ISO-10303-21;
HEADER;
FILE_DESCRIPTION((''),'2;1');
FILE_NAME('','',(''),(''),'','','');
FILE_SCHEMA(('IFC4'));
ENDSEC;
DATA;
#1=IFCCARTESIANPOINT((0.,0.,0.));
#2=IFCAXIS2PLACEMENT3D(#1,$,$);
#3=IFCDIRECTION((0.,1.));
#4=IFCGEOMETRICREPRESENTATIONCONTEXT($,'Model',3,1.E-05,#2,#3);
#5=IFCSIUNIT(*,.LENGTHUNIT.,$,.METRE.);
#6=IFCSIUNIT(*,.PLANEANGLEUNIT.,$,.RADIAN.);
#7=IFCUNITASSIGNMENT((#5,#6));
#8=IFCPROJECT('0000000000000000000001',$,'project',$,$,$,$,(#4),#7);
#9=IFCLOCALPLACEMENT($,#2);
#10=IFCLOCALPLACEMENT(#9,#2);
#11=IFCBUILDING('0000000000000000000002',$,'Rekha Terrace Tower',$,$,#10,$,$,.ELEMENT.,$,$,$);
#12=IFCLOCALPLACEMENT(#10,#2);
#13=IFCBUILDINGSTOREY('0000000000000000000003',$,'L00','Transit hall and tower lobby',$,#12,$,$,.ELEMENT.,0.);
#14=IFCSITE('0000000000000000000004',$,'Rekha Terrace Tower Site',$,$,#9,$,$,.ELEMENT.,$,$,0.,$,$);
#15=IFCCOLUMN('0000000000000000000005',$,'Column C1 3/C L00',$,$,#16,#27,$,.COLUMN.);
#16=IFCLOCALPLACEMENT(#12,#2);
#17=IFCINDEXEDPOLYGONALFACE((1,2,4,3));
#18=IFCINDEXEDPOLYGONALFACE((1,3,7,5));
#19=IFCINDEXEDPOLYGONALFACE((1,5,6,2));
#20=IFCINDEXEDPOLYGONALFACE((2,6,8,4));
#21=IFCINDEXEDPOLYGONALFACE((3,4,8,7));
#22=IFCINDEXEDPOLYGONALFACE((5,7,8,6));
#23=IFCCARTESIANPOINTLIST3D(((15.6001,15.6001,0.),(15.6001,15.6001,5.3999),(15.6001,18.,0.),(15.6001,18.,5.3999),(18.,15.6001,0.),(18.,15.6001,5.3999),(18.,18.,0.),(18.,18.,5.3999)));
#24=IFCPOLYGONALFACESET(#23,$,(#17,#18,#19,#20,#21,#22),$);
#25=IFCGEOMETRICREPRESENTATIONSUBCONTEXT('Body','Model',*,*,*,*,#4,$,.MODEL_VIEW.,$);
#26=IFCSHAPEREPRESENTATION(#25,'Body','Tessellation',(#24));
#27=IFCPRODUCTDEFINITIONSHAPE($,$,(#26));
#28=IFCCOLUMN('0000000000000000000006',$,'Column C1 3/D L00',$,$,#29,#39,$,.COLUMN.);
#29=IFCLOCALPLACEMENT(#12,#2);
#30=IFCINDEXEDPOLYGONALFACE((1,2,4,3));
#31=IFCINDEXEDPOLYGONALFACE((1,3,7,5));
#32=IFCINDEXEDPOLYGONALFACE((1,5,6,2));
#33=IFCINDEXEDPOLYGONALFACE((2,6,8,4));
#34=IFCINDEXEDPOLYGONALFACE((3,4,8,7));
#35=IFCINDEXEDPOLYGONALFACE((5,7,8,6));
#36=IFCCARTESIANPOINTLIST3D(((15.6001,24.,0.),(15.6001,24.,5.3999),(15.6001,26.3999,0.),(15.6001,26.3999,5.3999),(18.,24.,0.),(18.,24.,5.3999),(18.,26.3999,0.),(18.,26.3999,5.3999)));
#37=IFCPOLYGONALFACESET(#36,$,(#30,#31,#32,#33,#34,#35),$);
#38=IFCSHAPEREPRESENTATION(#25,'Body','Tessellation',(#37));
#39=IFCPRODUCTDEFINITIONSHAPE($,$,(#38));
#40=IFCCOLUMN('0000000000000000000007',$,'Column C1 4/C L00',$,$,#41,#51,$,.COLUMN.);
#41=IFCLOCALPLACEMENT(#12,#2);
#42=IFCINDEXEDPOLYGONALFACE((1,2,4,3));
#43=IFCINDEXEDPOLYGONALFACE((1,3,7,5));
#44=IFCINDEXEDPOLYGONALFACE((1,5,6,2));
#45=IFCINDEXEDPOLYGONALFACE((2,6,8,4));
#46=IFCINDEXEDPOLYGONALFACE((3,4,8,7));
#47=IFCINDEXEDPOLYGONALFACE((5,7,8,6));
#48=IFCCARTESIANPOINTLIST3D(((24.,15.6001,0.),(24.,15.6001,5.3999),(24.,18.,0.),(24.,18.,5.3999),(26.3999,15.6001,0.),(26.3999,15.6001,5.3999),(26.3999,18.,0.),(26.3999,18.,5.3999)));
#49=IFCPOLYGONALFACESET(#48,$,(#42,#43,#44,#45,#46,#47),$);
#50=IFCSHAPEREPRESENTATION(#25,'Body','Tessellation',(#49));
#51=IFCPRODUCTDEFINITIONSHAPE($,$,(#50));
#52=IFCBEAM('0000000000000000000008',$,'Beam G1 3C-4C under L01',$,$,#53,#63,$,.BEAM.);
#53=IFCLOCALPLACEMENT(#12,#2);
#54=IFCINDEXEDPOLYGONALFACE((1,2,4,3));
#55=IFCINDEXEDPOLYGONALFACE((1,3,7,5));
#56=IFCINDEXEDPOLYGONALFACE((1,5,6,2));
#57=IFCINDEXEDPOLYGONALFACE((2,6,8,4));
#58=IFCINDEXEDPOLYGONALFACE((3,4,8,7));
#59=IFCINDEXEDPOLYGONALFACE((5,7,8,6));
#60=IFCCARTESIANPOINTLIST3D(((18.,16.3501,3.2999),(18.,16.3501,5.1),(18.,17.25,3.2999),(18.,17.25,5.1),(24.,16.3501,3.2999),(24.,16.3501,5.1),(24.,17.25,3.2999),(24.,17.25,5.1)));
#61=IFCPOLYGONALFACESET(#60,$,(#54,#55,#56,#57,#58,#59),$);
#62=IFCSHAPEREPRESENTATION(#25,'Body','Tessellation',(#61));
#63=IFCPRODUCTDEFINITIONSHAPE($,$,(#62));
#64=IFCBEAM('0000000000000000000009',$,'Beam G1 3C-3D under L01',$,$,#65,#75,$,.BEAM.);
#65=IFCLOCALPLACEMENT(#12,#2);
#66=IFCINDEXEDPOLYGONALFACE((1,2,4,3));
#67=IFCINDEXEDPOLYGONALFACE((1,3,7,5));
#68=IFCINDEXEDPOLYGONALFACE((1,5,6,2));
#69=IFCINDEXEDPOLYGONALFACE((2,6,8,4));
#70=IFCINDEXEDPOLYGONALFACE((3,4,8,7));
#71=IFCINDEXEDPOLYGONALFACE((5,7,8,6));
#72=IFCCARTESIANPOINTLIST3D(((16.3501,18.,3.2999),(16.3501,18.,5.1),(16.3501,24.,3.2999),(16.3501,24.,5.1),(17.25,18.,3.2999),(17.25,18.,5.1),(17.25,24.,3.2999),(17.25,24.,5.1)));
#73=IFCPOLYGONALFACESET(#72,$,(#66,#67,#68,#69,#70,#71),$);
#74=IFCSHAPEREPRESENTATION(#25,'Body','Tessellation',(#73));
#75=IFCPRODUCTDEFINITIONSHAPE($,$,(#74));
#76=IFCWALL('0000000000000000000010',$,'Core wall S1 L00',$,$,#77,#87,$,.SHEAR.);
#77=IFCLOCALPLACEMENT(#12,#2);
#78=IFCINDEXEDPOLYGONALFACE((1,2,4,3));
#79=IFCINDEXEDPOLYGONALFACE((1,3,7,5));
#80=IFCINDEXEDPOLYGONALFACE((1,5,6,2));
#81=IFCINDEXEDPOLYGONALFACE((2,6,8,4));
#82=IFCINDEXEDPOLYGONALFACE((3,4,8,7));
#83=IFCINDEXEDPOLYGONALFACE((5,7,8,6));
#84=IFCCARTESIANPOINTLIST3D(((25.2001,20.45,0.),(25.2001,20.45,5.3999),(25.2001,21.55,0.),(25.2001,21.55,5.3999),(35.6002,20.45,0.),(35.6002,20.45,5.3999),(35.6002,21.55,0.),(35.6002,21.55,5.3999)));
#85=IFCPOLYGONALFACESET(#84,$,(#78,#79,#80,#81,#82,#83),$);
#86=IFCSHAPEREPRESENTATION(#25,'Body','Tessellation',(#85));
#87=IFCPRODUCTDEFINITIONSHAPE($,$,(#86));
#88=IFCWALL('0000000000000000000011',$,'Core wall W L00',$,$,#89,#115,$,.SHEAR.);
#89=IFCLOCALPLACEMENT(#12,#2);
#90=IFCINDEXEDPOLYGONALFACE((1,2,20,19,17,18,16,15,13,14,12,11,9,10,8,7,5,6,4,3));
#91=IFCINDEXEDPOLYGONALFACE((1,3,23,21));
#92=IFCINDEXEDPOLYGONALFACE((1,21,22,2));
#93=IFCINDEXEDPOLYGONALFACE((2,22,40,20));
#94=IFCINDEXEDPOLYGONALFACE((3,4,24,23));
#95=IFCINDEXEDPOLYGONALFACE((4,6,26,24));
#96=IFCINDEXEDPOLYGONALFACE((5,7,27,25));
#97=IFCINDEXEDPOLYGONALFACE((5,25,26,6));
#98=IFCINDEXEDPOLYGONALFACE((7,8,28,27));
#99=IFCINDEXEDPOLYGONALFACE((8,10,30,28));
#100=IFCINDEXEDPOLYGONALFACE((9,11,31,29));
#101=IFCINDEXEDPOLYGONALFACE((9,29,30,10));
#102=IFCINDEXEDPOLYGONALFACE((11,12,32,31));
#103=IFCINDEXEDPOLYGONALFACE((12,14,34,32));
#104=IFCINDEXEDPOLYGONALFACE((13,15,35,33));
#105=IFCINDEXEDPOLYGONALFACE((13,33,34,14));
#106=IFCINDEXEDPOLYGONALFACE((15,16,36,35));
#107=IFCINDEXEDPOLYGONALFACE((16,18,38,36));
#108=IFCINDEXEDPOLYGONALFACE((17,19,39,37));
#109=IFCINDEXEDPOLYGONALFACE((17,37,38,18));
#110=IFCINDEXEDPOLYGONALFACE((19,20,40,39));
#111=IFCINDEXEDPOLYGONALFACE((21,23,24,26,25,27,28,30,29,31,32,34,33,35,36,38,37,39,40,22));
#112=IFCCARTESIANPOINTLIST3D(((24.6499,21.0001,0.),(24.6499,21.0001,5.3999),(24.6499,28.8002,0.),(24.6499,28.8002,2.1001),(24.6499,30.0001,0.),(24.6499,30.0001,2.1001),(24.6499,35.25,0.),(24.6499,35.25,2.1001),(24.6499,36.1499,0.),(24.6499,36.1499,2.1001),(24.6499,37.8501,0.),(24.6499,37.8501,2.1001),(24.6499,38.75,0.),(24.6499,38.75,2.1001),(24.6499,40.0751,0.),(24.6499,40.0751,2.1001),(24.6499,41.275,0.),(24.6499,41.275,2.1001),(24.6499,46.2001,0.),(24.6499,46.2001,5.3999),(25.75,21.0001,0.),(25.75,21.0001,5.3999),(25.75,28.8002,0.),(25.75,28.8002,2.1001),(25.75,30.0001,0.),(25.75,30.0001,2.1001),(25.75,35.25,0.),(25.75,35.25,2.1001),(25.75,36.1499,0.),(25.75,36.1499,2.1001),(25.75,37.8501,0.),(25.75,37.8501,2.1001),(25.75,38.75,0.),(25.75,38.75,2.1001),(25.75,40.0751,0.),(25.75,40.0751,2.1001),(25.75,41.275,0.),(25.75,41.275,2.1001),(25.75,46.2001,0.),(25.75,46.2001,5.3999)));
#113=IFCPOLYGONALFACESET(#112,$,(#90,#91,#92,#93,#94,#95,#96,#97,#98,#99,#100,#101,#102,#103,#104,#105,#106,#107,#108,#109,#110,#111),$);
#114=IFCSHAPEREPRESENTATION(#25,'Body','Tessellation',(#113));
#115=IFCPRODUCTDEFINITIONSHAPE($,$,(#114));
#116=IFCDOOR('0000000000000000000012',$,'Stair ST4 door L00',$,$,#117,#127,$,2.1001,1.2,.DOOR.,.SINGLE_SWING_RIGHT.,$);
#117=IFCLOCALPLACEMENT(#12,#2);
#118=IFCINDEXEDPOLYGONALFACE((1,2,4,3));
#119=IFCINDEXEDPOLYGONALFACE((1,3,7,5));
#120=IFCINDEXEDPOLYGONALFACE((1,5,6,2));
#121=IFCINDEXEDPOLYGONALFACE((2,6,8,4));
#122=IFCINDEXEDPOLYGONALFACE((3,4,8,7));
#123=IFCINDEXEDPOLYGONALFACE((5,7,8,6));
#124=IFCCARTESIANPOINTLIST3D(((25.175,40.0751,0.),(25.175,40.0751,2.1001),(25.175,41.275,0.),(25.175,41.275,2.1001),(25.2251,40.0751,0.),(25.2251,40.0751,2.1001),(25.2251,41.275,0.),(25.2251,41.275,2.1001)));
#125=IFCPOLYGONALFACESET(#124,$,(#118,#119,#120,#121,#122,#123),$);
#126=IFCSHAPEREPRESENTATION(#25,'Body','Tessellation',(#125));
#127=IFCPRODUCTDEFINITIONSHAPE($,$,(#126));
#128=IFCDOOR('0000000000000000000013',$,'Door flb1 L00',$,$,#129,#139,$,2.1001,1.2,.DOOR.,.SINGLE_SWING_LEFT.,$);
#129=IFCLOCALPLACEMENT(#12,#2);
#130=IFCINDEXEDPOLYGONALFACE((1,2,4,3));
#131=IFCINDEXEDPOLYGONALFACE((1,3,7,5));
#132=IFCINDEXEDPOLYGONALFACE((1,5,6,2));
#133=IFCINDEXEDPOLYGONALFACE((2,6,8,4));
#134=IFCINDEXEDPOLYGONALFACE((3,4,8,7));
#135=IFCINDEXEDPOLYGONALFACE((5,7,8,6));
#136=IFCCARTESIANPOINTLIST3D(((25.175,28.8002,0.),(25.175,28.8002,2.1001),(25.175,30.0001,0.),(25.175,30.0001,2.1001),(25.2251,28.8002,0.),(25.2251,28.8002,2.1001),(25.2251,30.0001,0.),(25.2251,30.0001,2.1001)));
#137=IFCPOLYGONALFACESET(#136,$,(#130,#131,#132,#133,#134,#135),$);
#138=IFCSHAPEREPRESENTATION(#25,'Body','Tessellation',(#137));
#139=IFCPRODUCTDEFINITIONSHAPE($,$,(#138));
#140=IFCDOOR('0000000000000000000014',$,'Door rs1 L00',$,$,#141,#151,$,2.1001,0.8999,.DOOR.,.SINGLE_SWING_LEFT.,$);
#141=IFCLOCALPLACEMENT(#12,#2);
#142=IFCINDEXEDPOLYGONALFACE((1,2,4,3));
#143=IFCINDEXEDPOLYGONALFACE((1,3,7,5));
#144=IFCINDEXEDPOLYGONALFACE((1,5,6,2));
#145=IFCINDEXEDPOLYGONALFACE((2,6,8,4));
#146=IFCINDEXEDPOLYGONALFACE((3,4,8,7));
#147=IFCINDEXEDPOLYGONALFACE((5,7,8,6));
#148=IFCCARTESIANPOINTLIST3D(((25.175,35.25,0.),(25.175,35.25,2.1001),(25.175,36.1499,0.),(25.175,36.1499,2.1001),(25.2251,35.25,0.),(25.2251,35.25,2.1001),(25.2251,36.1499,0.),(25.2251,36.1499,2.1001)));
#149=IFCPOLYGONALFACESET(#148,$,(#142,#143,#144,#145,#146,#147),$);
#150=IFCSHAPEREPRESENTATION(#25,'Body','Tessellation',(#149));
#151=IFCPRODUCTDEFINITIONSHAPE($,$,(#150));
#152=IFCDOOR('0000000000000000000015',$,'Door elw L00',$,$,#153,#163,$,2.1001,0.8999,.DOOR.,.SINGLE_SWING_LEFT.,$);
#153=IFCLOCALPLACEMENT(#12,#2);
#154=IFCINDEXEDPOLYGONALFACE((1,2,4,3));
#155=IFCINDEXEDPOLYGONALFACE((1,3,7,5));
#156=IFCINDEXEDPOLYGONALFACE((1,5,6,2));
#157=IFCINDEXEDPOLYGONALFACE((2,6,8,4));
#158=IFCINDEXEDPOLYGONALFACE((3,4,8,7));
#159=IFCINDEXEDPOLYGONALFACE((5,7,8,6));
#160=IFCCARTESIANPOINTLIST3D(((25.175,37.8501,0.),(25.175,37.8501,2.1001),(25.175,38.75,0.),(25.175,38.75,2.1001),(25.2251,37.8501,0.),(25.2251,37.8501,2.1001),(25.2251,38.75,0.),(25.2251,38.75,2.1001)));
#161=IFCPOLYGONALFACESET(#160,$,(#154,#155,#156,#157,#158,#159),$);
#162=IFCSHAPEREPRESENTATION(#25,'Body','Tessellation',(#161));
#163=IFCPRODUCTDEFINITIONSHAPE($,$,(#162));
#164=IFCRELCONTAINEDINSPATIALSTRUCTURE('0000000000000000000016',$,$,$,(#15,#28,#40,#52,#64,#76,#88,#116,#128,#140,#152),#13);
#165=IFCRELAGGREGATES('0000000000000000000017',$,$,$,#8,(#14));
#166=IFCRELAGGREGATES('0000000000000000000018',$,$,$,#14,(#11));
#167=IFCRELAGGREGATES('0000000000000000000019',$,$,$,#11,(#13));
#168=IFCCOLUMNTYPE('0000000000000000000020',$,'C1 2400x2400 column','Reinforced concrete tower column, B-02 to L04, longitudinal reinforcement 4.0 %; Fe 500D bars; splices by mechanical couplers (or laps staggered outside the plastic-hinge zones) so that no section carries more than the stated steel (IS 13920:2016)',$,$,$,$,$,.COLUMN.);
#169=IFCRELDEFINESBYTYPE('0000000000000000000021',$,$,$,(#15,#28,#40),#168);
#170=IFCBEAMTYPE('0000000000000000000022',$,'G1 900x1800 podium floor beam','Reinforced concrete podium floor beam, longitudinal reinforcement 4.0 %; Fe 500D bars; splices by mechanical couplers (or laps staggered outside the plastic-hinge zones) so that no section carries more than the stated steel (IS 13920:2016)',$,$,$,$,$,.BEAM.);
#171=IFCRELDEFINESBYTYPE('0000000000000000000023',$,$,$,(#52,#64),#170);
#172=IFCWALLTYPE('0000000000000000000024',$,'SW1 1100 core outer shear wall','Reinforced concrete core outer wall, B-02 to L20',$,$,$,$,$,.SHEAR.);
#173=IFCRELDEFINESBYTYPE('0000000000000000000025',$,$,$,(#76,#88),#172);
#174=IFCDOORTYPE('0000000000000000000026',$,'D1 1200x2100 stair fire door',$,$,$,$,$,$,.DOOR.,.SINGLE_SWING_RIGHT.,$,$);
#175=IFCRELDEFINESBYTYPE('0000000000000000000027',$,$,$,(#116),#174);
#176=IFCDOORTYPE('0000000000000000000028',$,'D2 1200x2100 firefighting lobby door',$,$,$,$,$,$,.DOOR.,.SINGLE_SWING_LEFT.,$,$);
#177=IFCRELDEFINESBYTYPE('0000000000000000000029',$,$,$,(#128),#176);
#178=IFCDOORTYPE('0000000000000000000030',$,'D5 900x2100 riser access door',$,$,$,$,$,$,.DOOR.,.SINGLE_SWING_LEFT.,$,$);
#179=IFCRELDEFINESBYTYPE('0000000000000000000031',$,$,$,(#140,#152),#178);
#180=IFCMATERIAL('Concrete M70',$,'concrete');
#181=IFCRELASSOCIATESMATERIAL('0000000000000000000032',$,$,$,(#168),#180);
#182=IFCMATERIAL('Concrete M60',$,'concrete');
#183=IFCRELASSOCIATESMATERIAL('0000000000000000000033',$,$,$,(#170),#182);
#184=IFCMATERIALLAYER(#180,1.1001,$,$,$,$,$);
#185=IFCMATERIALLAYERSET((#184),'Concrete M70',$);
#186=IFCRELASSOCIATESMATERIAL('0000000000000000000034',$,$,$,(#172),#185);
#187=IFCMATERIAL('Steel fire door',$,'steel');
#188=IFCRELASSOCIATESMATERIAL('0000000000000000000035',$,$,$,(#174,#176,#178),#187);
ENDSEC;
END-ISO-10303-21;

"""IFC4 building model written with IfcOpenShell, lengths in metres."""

from ifc_helpers import new_model, si_unit, direction, frame, frame_2d, origin, origin_2d, place, context, subcontext, project, spatial, rectangle, extrude, material, layer, layer_set, material_profile, profile_set, type_object, element, fill, save


model = new_model("IFC4")

# Units and contexts
model_context = context("Model", 3, precision=1e-05, world=origin(), true_north=direction((0.0, 1.0)))
body_context = subcontext(model_context, "Body", "Model", "MODEL_VIEW")
ifc_project = project(units=[si_unit("LENGTHUNIT", "METRE"), si_unit("PLANEANGLEUNIT", "RADIAN")], contexts=[model_context])

# Site, building, storey
site_placement = place(None, origin())
site = spatial("IfcSite", under=ifc_project, at=site_placement, Name="Rekha Terrace Tower Site", CompositionType="ELEMENT", RefElevation=0.0)
building_placement = place(site_placement, origin())
building = spatial("IfcBuilding", under=site, at=building_placement, Name="Rekha Terrace Tower", CompositionType="ELEMENT")
storey_placement = place(building_placement, origin())
storey = spatial("IfcBuildingStorey", under=building, at=storey_placement, Name="L00", Description="Transit hall and tower lobby", CompositionType="ELEMENT", Elevation=0.0)

# Columns
ifc_material_1 = material(Name="Concrete M70", Category="concrete")
ifc_material_profile_1 = material_profile(ifc_material_1, rectangle(XDim=2.3999, YDim=2.3999, at=origin_2d()), Name="RC 2400x2400")
ifc_profile_set_1 = profile_set([ifc_material_profile_1], Name="Concrete M70")
column_type = type_object("IfcColumnType", Name="C1 2400x2400 column", Description="Reinforced concrete tower column, B-02 to L04, longitudinal reinforcement 4.0 %; Fe 500D bars; splices by mechanical couplers (or laps staggered outside the plastic-hinge zones) so that no section carries more than the stated steel (IS 13920:2016)", PredefinedType="COLUMN", material=ifc_profile_set_1)
for number, where, z_axis, x_axis, name in (
    (1, (16.8, 16.8, 0.0), (0.0, 0.0, 1.0), (1.0, 0.0, 0.0), "Column C1 3/C L00"),
    (2, (16.8, 25.2, 0.0), (0.0, 0.0, 1.0), (1.0, 0.0, 0.0), "Column C1 3/D L00"),
    (3, (25.2, 16.8, 0.0), (0.0, 0.0, 1.0), (1.0, 0.0, 0.0), "Column C1 4/C L00"),
):
    element("IfcColumn", number, at=place(storey_placement, frame(where, z_axis=z_axis, x_axis=x_axis)), inside=storey, type_object=column_type, Name=name, PredefinedType="COLUMN", context=body_context, shape_type="SweptSolid", body=[
        extrude(rectangle(XDim=2.3999, YDim=2.3999, at=origin_2d()), origin(), (0.0, 0.0, 1.0), 5.3999),
    ])

# Beams
ifc_material_2 = material(Name="Concrete M60", Category="concrete")
ifc_material_profile_2 = material_profile(ifc_material_2, rectangle(XDim=0.8999, YDim=1.8, at=origin_2d()), Name="RC 900x1800")
ifc_profile_set_2 = profile_set([ifc_material_profile_2], Name="Concrete M60")
beam_type = type_object("IfcBeamType", Name="G1 900x1800 podium floor beam", Description="Reinforced concrete podium floor beam, longitudinal reinforcement 4.0 %; Fe 500D bars; splices by mechanical couplers (or laps staggered outside the plastic-hinge zones) so that no section carries more than the stated steel (IS 13920:2016)", PredefinedType="BEAM", material=ifc_profile_set_2)
for number, where, z_axis, x_axis, name in (
    (4, (18.0, 16.8, 4.2), (1.0, 0.0, 0.0), (0.0, 1.0, 0.0), "Beam G1 3C-4C under L01"),
    (5, (16.8, 18.0, 4.2), (0.0, 1.0, 0.0), (-1.0, 0.0, 0.0), "Beam G1 3C-3D under L01"),
):
    element("IfcBeam", number, at=place(storey_placement, frame(where, z_axis=z_axis, x_axis=x_axis)), inside=storey, type_object=beam_type, Name=name, PredefinedType="BEAM", context=body_context, shape_type="SweptSolid", body=[
        extrude(rectangle(XDim=0.8999, YDim=1.8, at=origin_2d()), origin(), (0.0, 0.0, 1.0), 6.0),
    ])

# Wall
ifc_layer_1 = layer(ifc_material_1, 1.1001)
ifc_layer_set_1 = layer_set([ifc_layer_1], Name="Concrete M70")
wall_type_1 = type_object("IfcWallType", Name="SW1 1100 core outer shear wall", Description="Reinforced concrete core outer wall, B-02 to L20", PredefinedType="SHEAR", material=ifc_layer_set_1)
wall_1_placement = place(storey_placement, frame((25.2, 21.0, 0.0), z_axis=(0.0, 0.0, 1.0), x_axis=(1.0, 0.0, 0.0)))
element("IfcWall", 6, at=wall_1_placement, inside=storey, type_object=wall_type_1, Name="Core wall S1 L00", PredefinedType="SHEAR", context=body_context, shape_type="SweptSolid", body=[
    extrude(rectangle(XDim=10.4001, YDim=1.1001, at=frame_2d((5.2002, 0.0))), origin(), (0.0, 0.0, 1.0), 5.3999),
])

# Wall, openings, doors
wall_2_placement = place(storey_placement, frame((25.2, 21.0, 0.0), z_axis=(0.0, 0.0, 1.0), x_axis=(0.0, 1.0, 0.0)))
wall_2 = element("IfcWall", 7, at=wall_2_placement, inside=storey, type_object=wall_type_1, Name="Core wall W L00", PredefinedType="SHEAR", context=body_context, shape_type="SweptSolid", body=[
    extrude(rectangle(XDim=25.2, YDim=1.1001, at=frame_2d((12.6001, 0.0))), origin(), (0.0, 0.0, 1.0), 5.3999),
])
opening_1_placement = place(wall_2_placement, frame((7.8, 0.0, 0.0)))
opening_1 = element("IfcOpeningElement", 8, at=opening_1_placement, cuts=wall_2, PredefinedType="OPENING", context=body_context, shape_type="SweptSolid", body=[
    extrude(rectangle(XDim=1.2, YDim=2.1001, at=frame_2d((0.6001, 1.05))), frame((0.0, 0.5601, 0.0), z_axis=(0.0, -1.0, 0.0), x_axis=(1.0, 0.0, 0.0)), (0.0, 0.0, 1.0), 1.1201),
])
opening_2_placement = place(wall_2_placement, frame((14.25, 0.0, 0.0)))
opening_2 = element("IfcOpeningElement", 9, at=opening_2_placement, cuts=wall_2, PredefinedType="OPENING", context=body_context, shape_type="SweptSolid", body=[
    extrude(rectangle(XDim=0.8999, YDim=2.1001, at=frame_2d((0.45, 1.05))), frame((0.0, 0.5601, 0.0), z_axis=(0.0, -1.0, 0.0), x_axis=(1.0, 0.0, 0.0)), (0.0, 0.0, 1.0), 1.1201),
])
opening_3_placement = place(wall_2_placement, frame((16.8501, 0.0, 0.0)))
opening_3 = element("IfcOpeningElement", 10, at=opening_3_placement, cuts=wall_2, PredefinedType="OPENING", context=body_context, shape_type="SweptSolid", body=[
    extrude(rectangle(XDim=0.8999, YDim=2.1001, at=frame_2d((0.45, 1.05))), frame((0.0, 0.5601, 0.0), z_axis=(0.0, -1.0, 0.0), x_axis=(1.0, 0.0, 0.0)), (0.0, 0.0, 1.0), 1.1201),
])
opening_4_placement = place(wall_2_placement, frame((19.075, 0.0, 0.0)))
opening_4 = element("IfcOpeningElement", 11, at=opening_4_placement, cuts=wall_2, PredefinedType="OPENING", context=body_context, shape_type="SweptSolid", body=[
    extrude(rectangle(XDim=1.2, YDim=2.1001, at=frame_2d((0.6001, 1.05))), frame((0.0, 0.5601, 0.0), z_axis=(0.0, -1.0, 0.0), x_axis=(1.0, 0.0, 0.0)), (0.0, 0.0, 1.0), 1.1201),
])
ifc_material_3 = material(Name="Steel fire door", Category="steel")
door_type_1 = type_object("IfcDoorType", Name="D1 1200x2100 stair fire door", OperationType="SINGLE_SWING_RIGHT", PredefinedType="DOOR", material=ifc_material_3)
door_1_placement = place(opening_4_placement, origin())
door_1 = element("IfcDoor", 12, at=door_1_placement, inside=storey, type_object=door_type_1, Name="Stair ST4 door L00", OperationType="SINGLE_SWING_RIGHT", OverallHeight=2.1001, OverallWidth=1.2, PredefinedType="DOOR", context=body_context, shape_type="SweptSolid", body=[
    extrude(rectangle(XDim=1.2, YDim=2.1001, at=frame_2d((0.6001, 1.05))), frame((0.0, 0.0249, 0.0), z_axis=(0.0, -1.0, 0.0), x_axis=(1.0, 0.0, 0.0)), (0.0, 0.0, 1.0), 0.05),
])
fill(opening_4, door_1)
door_type_2 = type_object("IfcDoorType", Name="D2 1200x2100 firefighting lobby door", OperationType="SINGLE_SWING_LEFT", PredefinedType="DOOR", material=ifc_material_3)
door_2_placement = place(opening_1_placement, origin())
door_2 = element("IfcDoor", 13, at=door_2_placement, inside=storey, type_object=door_type_2, Name="Door flb1 L00", OperationType="SINGLE_SWING_LEFT", OverallHeight=2.1001, OverallWidth=1.2, PredefinedType="DOOR", context=body_context, shape_type="SweptSolid", body=[
    extrude(rectangle(XDim=1.2, YDim=2.1001, at=frame_2d((0.6001, 1.05))), frame((0.0, 0.0249, 0.0), z_axis=(0.0, -1.0, 0.0), x_axis=(1.0, 0.0, 0.0)), (0.0, 0.0, 1.0), 0.05),
])
fill(opening_1, door_2)
door_type_3 = type_object("IfcDoorType", Name="D5 900x2100 riser access door", OperationType="SINGLE_SWING_LEFT", PredefinedType="DOOR", material=ifc_material_3)
door_3_placement = place(opening_2_placement, origin())
door_3 = element("IfcDoor", 14, at=door_3_placement, inside=storey, type_object=door_type_3, Name="Door rs1 L00", OperationType="SINGLE_SWING_LEFT", OverallHeight=2.1001, OverallWidth=0.8999, PredefinedType="DOOR", context=body_context, shape_type="SweptSolid", body=[
    extrude(rectangle(XDim=0.8999, YDim=2.1001, at=frame_2d((0.45, 1.05))), frame((0.0, 0.0249, 0.0), z_axis=(0.0, -1.0, 0.0), x_axis=(1.0, 0.0, 0.0)), (0.0, 0.0, 1.0), 0.05),
])
fill(opening_2, door_3)
door_4_placement = place(opening_3_placement, origin())
door_4 = element("IfcDoor", 15, at=door_4_placement, inside=storey, type_object=door_type_3, Name="Door elw L00", OperationType="SINGLE_SWING_LEFT", OverallHeight=2.1001, OverallWidth=0.8999, PredefinedType="DOOR", context=body_context, shape_type="SweptSolid", body=[
    extrude(rectangle(XDim=0.8999, YDim=2.1001, at=frame_2d((0.45, 1.05))), frame((0.0, 0.0249, 0.0), z_axis=(0.0, -1.0, 0.0), x_axis=(1.0, 0.0, 0.0)), (0.0, 0.0, 1.0), 0.05),
])
fill(opening_3, door_4)

save(model, "model.ifc")
